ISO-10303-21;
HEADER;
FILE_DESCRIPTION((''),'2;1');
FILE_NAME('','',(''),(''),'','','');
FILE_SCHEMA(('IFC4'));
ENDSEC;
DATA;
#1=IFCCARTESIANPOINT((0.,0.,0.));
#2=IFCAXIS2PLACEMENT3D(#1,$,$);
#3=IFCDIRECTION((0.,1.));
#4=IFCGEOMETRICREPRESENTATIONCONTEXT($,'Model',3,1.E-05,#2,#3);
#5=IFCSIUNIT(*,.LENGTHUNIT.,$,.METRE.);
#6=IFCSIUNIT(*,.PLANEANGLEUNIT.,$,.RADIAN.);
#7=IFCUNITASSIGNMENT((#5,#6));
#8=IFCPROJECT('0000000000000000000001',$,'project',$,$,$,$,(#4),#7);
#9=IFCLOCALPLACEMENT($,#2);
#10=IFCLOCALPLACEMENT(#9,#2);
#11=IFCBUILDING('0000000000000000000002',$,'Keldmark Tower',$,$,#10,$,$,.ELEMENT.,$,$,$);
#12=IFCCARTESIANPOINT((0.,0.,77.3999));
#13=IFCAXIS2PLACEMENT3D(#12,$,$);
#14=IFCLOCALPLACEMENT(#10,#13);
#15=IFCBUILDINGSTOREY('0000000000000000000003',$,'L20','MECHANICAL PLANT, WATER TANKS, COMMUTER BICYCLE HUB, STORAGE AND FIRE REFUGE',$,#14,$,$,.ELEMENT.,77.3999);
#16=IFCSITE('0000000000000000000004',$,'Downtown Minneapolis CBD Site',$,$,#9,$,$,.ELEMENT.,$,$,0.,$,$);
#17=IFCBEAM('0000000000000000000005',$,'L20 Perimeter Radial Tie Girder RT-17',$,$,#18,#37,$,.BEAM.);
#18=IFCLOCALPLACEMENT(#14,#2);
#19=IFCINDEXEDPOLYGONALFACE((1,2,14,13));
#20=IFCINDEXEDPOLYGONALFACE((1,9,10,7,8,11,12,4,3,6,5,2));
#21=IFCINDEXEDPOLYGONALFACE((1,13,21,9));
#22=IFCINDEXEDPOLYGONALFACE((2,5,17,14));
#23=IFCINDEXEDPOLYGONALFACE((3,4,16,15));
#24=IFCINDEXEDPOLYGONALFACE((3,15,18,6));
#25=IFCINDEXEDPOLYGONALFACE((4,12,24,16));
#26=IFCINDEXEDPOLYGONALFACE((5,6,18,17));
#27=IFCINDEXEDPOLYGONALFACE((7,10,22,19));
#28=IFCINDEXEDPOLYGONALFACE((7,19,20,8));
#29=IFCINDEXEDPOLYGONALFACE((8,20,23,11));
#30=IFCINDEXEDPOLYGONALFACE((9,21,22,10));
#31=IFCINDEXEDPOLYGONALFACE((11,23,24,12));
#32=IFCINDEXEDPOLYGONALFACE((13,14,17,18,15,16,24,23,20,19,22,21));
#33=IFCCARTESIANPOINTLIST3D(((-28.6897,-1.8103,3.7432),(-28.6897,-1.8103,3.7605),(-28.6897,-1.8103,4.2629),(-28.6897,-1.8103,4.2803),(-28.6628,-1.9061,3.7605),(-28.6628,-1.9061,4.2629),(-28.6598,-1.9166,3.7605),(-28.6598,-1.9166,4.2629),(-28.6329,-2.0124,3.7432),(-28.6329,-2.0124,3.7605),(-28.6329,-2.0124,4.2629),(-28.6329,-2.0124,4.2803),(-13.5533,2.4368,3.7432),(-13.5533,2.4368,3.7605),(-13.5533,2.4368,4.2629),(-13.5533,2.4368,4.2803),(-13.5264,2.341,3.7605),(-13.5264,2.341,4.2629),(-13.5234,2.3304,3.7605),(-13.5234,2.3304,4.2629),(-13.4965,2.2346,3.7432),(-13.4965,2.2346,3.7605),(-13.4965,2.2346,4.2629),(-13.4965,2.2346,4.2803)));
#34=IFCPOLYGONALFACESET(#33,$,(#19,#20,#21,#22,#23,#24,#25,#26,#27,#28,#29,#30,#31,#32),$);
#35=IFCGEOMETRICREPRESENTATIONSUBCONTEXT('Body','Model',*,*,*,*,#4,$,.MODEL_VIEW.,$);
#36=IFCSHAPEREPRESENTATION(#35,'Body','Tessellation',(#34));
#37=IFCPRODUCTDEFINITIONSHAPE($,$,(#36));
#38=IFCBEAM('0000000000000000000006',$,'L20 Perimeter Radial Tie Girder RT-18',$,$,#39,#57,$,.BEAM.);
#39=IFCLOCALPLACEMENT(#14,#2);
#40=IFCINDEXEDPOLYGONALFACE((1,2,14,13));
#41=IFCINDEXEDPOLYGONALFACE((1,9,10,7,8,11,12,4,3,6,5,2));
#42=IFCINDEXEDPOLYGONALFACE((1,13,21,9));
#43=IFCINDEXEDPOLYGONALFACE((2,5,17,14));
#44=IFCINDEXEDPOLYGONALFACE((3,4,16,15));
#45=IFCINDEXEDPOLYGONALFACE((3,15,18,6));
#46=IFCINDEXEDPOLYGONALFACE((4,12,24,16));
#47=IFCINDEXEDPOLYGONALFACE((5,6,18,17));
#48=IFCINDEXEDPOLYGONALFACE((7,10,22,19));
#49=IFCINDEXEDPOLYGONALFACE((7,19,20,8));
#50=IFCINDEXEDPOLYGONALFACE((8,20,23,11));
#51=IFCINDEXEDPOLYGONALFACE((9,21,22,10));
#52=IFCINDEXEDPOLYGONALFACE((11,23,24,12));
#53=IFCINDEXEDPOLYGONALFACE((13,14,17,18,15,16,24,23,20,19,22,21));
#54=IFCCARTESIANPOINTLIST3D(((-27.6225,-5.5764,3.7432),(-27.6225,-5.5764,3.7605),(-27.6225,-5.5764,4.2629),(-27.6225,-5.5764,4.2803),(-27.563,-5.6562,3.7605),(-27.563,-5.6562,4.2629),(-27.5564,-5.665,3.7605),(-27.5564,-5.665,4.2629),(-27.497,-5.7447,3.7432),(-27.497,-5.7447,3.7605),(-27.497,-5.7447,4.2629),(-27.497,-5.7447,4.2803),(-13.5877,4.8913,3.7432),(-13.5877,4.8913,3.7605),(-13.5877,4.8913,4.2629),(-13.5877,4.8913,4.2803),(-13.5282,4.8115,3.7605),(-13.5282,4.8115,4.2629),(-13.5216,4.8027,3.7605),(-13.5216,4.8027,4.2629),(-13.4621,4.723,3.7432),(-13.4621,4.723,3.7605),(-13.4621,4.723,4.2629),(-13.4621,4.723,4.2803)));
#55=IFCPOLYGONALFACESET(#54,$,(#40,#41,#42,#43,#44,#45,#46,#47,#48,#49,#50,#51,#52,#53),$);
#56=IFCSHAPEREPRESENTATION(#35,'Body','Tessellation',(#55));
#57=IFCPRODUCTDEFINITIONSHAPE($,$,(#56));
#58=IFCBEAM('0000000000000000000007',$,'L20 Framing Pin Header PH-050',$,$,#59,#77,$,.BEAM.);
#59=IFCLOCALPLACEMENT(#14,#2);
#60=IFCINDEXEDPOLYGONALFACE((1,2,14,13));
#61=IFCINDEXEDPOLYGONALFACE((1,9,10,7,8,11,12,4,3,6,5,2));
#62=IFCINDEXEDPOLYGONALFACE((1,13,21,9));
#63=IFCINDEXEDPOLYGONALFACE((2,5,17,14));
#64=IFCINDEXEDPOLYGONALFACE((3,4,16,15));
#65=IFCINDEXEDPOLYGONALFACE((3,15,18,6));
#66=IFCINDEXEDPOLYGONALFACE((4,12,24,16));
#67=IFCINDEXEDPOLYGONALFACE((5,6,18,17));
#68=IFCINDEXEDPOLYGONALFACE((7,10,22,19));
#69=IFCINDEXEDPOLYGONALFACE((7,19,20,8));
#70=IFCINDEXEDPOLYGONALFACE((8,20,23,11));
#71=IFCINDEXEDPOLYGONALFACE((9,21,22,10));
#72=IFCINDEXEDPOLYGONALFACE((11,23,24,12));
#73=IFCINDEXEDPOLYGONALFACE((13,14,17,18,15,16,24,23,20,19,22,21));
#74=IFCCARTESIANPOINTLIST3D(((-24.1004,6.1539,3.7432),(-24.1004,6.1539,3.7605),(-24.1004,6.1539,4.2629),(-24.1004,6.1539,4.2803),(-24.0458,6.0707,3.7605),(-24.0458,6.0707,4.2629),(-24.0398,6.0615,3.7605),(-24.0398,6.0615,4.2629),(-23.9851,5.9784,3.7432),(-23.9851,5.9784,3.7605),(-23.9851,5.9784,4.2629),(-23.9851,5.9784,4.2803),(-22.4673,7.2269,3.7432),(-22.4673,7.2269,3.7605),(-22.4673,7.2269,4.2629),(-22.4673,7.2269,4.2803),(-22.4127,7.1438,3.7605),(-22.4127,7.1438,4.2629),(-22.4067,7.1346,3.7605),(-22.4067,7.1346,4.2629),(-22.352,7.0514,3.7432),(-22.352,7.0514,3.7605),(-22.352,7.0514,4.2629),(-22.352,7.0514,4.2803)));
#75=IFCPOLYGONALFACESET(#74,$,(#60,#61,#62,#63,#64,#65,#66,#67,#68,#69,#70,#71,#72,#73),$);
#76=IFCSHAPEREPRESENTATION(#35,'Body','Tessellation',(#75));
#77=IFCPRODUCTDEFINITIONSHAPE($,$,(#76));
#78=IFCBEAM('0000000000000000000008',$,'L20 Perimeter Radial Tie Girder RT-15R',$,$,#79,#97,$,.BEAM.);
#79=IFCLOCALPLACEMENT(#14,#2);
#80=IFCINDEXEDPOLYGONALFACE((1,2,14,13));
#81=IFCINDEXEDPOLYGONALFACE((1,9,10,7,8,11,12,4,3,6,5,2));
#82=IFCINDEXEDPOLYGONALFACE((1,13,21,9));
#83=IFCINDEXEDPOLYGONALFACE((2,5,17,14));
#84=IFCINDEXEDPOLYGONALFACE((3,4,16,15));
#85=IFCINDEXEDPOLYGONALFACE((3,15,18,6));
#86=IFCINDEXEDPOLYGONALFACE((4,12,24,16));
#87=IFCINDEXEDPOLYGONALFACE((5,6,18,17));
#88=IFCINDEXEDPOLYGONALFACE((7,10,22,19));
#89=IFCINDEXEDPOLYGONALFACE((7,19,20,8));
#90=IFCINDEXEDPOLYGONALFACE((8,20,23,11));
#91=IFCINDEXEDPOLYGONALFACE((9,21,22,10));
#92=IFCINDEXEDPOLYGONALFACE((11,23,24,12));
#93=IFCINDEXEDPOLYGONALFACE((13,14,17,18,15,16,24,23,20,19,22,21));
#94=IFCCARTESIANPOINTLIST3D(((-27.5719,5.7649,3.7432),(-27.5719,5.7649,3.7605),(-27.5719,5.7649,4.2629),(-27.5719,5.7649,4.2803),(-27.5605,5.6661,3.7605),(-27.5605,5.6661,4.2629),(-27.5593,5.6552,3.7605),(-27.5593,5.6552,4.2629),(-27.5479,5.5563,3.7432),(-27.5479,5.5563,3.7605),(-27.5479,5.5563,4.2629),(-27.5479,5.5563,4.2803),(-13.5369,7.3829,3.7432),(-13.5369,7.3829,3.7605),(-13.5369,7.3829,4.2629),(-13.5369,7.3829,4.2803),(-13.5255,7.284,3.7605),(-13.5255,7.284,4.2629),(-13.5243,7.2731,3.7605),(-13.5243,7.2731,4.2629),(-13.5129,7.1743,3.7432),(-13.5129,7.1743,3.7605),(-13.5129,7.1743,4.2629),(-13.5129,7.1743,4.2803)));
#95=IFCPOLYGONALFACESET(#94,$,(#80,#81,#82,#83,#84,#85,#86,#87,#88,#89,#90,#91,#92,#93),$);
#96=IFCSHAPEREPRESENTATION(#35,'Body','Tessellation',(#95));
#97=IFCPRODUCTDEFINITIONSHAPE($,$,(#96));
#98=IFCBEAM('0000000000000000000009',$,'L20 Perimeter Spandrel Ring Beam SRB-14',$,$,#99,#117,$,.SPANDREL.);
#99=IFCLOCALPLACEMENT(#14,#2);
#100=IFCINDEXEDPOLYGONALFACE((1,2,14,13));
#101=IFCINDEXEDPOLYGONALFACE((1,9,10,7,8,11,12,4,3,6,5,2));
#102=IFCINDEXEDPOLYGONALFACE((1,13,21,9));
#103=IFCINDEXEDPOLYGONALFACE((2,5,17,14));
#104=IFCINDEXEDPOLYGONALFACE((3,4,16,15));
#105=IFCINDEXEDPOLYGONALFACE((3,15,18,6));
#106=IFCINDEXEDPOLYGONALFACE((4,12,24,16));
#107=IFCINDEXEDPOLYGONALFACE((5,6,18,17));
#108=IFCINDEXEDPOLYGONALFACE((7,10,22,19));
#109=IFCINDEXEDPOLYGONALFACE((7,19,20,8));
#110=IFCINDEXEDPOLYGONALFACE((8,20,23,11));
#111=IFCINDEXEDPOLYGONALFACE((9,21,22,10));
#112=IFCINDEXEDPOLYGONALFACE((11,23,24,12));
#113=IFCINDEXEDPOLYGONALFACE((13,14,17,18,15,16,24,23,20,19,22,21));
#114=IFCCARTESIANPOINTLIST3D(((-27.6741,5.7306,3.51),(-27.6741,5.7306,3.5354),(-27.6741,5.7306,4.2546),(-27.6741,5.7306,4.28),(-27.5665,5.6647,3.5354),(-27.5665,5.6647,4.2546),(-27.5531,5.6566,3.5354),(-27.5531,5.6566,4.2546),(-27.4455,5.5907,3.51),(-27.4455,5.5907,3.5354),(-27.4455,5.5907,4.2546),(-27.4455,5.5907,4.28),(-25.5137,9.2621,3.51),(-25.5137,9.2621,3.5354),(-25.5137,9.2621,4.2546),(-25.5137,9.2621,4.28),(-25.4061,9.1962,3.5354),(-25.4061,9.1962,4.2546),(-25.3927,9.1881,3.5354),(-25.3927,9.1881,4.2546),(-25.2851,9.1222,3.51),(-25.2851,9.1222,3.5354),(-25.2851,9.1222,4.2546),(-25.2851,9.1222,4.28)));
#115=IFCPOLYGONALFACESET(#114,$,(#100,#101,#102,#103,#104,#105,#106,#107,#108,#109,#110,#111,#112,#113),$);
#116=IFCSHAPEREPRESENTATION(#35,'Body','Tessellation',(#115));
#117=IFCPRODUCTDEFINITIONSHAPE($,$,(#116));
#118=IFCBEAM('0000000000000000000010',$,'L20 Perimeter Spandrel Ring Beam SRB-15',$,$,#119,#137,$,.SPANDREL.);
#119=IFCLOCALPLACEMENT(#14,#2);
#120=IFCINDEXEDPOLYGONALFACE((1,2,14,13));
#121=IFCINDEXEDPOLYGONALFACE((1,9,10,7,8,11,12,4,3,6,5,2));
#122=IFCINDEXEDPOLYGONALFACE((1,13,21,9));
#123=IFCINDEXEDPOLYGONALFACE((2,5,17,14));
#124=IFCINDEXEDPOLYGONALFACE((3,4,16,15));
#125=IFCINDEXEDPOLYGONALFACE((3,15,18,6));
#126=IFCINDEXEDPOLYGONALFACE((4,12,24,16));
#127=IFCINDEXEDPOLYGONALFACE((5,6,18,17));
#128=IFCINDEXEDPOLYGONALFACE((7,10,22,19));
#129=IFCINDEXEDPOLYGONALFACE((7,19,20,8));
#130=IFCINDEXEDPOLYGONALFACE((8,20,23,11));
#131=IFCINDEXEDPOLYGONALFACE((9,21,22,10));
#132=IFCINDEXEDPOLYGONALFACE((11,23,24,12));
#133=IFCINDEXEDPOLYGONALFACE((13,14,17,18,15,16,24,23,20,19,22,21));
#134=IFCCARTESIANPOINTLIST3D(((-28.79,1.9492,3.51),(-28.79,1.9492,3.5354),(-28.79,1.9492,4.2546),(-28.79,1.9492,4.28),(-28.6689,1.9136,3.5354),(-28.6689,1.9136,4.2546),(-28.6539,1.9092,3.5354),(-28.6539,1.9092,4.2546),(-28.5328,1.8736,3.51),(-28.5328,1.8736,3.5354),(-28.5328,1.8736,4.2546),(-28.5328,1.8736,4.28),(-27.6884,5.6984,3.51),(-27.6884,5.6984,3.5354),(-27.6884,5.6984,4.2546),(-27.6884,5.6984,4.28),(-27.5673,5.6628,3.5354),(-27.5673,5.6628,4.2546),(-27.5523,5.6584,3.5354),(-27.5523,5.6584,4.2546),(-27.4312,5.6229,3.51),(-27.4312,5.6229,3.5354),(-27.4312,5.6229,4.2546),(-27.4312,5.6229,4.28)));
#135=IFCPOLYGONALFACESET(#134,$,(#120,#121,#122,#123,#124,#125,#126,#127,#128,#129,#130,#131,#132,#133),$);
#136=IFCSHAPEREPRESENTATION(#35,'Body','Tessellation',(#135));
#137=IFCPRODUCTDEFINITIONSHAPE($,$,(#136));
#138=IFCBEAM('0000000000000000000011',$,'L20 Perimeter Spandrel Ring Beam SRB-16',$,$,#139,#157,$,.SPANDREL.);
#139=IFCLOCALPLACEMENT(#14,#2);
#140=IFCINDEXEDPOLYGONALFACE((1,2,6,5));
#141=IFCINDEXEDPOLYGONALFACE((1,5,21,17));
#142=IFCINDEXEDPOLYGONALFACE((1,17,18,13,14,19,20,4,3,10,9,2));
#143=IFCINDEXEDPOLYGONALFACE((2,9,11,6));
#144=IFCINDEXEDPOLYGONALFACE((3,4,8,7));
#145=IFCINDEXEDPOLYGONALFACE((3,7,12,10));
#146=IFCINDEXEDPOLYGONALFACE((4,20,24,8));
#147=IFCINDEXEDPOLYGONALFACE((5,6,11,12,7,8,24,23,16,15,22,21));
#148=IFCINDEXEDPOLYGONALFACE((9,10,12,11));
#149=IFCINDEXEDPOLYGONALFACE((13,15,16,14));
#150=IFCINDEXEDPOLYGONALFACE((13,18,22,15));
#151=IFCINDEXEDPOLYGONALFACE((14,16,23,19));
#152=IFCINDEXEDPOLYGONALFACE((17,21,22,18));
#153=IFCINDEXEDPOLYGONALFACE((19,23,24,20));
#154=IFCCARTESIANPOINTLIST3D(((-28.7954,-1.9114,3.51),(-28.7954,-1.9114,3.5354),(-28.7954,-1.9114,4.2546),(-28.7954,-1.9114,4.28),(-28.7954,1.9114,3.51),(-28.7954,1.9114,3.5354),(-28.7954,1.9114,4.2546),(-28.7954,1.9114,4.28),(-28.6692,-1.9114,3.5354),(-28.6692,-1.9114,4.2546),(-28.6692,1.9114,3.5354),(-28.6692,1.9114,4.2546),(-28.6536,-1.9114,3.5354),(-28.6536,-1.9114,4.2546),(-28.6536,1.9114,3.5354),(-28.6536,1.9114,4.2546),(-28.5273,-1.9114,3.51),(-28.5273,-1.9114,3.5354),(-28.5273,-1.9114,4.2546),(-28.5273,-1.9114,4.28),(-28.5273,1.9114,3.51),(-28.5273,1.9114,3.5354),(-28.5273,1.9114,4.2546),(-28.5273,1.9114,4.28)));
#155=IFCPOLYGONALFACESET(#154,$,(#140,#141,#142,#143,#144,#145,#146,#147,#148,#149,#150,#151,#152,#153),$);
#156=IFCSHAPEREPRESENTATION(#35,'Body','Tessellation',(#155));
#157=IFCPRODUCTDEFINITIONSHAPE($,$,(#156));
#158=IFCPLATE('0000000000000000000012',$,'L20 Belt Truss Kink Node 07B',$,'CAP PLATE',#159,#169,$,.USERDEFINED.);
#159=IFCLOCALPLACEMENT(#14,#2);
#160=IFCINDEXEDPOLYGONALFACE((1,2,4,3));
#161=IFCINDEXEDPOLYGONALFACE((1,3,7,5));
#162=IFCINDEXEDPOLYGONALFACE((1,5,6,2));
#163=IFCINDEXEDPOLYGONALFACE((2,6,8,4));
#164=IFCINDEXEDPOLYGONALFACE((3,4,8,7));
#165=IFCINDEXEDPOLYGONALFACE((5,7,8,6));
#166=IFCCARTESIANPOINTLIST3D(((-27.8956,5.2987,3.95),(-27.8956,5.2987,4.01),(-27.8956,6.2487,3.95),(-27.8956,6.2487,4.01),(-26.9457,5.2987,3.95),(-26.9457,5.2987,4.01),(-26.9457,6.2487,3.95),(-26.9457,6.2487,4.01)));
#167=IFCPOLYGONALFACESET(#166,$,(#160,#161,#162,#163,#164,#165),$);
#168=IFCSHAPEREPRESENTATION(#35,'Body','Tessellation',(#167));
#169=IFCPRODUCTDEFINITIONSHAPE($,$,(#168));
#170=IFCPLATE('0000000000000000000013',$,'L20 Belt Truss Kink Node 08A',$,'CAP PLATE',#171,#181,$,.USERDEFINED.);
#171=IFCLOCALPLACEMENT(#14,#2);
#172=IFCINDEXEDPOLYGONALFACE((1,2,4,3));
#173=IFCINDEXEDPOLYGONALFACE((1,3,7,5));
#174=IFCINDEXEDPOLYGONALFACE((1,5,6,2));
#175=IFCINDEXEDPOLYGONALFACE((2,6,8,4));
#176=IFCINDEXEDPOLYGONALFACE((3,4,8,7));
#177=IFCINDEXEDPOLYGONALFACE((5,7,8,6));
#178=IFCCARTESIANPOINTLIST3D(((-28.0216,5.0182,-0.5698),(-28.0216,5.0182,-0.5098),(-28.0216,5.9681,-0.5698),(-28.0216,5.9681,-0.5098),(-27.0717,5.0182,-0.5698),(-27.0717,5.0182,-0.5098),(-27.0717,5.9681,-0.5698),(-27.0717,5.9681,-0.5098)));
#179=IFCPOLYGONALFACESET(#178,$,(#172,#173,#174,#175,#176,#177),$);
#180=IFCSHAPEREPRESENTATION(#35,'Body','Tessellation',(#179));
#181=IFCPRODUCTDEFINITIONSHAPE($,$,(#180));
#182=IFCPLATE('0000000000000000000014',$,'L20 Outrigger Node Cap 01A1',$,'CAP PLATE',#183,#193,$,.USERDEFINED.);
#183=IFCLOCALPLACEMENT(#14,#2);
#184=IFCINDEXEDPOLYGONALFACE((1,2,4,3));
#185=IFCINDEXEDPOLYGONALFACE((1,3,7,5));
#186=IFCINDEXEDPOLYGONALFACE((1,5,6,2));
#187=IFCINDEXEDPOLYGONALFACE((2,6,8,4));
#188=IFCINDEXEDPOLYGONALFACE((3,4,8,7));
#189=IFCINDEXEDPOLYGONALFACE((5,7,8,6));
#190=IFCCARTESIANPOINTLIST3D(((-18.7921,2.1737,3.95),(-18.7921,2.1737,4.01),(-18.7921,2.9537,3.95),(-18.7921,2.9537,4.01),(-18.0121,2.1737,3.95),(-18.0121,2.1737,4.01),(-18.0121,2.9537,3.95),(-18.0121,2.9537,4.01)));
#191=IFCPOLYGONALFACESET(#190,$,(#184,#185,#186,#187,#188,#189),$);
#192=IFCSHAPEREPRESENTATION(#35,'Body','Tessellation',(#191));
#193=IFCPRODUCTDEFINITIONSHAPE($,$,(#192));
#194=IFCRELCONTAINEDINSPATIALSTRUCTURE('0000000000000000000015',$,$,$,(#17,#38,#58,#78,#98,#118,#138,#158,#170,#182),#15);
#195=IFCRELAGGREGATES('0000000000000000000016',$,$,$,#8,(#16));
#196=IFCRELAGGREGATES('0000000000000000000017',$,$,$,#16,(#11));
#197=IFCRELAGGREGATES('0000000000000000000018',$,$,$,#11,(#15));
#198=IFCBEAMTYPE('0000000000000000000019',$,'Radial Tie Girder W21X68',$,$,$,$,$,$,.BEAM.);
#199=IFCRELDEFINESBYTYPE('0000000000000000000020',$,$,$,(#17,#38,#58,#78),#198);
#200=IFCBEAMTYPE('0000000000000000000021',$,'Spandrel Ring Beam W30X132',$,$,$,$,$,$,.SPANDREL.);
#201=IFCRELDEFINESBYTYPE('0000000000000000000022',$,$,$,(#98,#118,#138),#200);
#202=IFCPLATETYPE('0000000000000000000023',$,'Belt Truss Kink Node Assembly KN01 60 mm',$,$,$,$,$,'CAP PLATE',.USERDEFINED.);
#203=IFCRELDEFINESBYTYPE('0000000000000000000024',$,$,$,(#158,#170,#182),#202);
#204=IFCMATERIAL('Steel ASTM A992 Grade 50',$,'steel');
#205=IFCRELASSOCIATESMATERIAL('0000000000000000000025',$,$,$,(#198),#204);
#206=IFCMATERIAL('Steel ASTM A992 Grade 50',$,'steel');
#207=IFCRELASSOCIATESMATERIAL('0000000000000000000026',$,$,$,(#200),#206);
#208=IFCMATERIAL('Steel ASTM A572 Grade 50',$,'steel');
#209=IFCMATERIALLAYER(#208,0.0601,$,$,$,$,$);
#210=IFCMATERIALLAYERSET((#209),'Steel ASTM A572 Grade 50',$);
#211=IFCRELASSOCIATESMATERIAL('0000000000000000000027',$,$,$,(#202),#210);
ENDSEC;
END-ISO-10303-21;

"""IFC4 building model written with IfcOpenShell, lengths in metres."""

from ifc_helpers import new_model, si_unit, direction, frame, origin, origin_2d, place, context, subcontext, project, spatial, rectangle, i_section, extrude, material, layer, layer_set, material_profile, profile_set, type_object, element, save


model = new_model("IFC4")

# Units and contexts
model_context = context("Model", 3, precision=1e-05, world=origin(), true_north=direction((0.0, 1.0)))
body_context = subcontext(model_context, "Body", "Model", "MODEL_VIEW")
ifc_project = project(units=[si_unit("LENGTHUNIT", "METRE"), si_unit("PLANEANGLEUNIT", "RADIAN")], contexts=[model_context])

# Site, building, storey
site_placement = place(None, origin())
site = spatial("IfcSite", under=ifc_project, at=site_placement, Name="Downtown Minneapolis CBD Site", CompositionType="ELEMENT", RefElevation=0.0)
building_placement = place(site_placement, origin())
building = spatial("IfcBuilding", under=site, at=building_placement, Name="Keldmark Tower", CompositionType="ELEMENT")
storey_placement = place(building_placement, frame((0.0, 0.0, 77.3999)))
storey = spatial("IfcBuildingStorey", under=building, at=storey_placement, Name="L20", Description="MECHANICAL PLANT, WATER TANKS, COMMUTER BICYCLE HUB, STORAGE AND FIRE REFUGE", CompositionType="ELEMENT", Elevation=77.3999)

# Beams
ifc_material_1 = material(Name="Steel ASTM A992 Grade 50", Category="steel")
ifc_material_profile_1 = material_profile(ifc_material_1, i_section(OverallWidth=0.21, OverallDepth=0.5371, WebThickness=0.011, FlangeThickness=0.0173, at=origin_2d()), Name="W21X68")
ifc_profile_set_1 = profile_set([ifc_material_profile_1], Name="Steel ASTM A992 Grade 50")
beam_type_1 = type_object("IfcBeamType", Name="Radial Tie Girder W21X68", PredefinedType="BEAM", material=ifc_profile_set_1)
beam_1_placement = place(storey_placement, frame((-13.5249, 2.3357, 4.0117), z_axis=(-0.962818, -0.270152, 0.0), x_axis=(0.270152, -0.962818, 0.0)))
element("IfcBeam", 1, at=beam_1_placement, inside=storey, type_object=beam_type_1, Name="L20 Perimeter Radial Tie Girder RT-17", PredefinedType="BEAM", context=body_context, shape_type="SweptSolid", body=[
    extrude(i_section(OverallWidth=0.21, OverallDepth=0.5371, WebThickness=0.011, FlangeThickness=0.0173, at=origin_2d()), origin(), (0.0, 0.0, 1.0), 15.7209),
])
beam_2_placement = place(storey_placement, frame((-13.5249, 4.8071, 4.0117), z_axis=(-0.801598, -0.597863, 0.0), x_axis=(0.597863, -0.801598, 0.0)))
element("IfcBeam", 2, at=beam_2_placement, inside=storey, type_object=beam_type_1, Name="L20 Perimeter Radial Tie Girder RT-18", PredefinedType="BEAM", context=body_context, shape_type="SweptSolid", body=[
    extrude(i_section(OverallWidth=0.21, OverallDepth=0.5371, WebThickness=0.011, FlangeThickness=0.0173, at=origin_2d()), origin(), (0.0, 0.0, 1.0), 17.5085),
])
beam_3_placement = place(storey_placement, frame((-22.4097, 7.1392, 4.0117), z_axis=(-0.835742, -0.549123, 0.0), x_axis=(0.549123, -0.835742, 0.0)))
element("IfcBeam", 3, at=beam_3_placement, inside=storey, type_object=beam_type_1, Name="L20 Framing Pin Header PH-050", PredefinedType="BEAM", context=body_context, shape_type="SweptSolid", body=[
    extrude(i_section(OverallWidth=0.21, OverallDepth=0.5371, WebThickness=0.011, FlangeThickness=0.0173, at=origin_2d()), origin(), (0.0, 0.0, 1.0), 1.9541),
])
beam_4_placement = place(storey_placement, frame((-13.5249, 7.2786, 4.0117), z_axis=(-0.993421, -0.11452, 0.0), x_axis=(0.11452, -0.993421, 0.0)))
element("IfcBeam", 4, at=beam_4_placement, inside=storey, type_object=beam_type_1, Name="L20 Perimeter Radial Tie Girder RT-15R", PredefinedType="BEAM", context=body_context, shape_type="SweptSolid", body=[
    extrude(i_section(OverallWidth=0.21, OverallDepth=0.5371, WebThickness=0.011, FlangeThickness=0.0173, at=origin_2d()), origin(), (0.0, 0.0, 1.0), 14.1279),
])
ifc_material_2 = material(Name="Steel ASTM A992 Grade 50", Category="steel")
ifc_material_profile_2 = material_profile(ifc_material_2, i_section(OverallWidth=0.2681, OverallDepth=0.77, WebThickness=0.0156, FlangeThickness=0.0254, at=origin_2d()), Name="W30X132")
ifc_profile_set_2 = profile_set([ifc_material_profile_2], Name="Steel ASTM A992 Grade 50")
beam_type_2 = type_object("IfcBeamType", Name="Spandrel Ring Beam W30X132", PredefinedType="SPANDREL", material=ifc_profile_set_2)
beam_5_placement = place(storey_placement, frame((-25.3994, 9.1921, 3.895), z_axis=(-0.521848, -0.853038, 0.0), x_axis=(0.853038, -0.521848, 0.0)))
element("IfcBeam", 5, at=beam_5_placement, inside=storey, type_object=beam_type_2, Name="L20 Perimeter Spandrel Ring Beam SRB-14", PredefinedType="SPANDREL", context=body_context, shape_type="SweptSolid", body=[
    extrude(i_section(OverallWidth=0.2681, OverallDepth=0.77, WebThickness=0.0156, FlangeThickness=0.0254, at=origin_2d()), origin(), (0.0, 0.0, 1.0), 4.1399),
])
beam_6_placement = place(storey_placement, frame((-27.5598, 5.6606, 3.895), z_axis=(-0.281892, -0.959446, 0.0), x_axis=(0.959446, -0.281892, 0.0)))
element("IfcBeam", 6, at=beam_6_placement, inside=storey, type_object=beam_type_2, Name="L20 Perimeter Spandrel Ring Beam SRB-15", PredefinedType="SPANDREL", context=body_context, shape_type="SweptSolid", body=[
    extrude(i_section(OverallWidth=0.2681, OverallDepth=0.77, WebThickness=0.0156, FlangeThickness=0.0254, at=origin_2d()), origin(), (0.0, 0.0, 1.0), 3.9077),
])
beam_7_placement = place(storey_placement, frame((-28.6614, 1.9114, 3.895), z_axis=(0.0, -1.0, 0.0), x_axis=(1.0, 0.0, 0.0)))
element("IfcBeam", 7, at=beam_7_placement, inside=storey, type_object=beam_type_2, Name="L20 Perimeter Spandrel Ring Beam SRB-16", PredefinedType="SPANDREL", context=body_context, shape_type="SweptSolid", body=[
    extrude(i_section(OverallWidth=0.2681, OverallDepth=0.77, WebThickness=0.0156, FlangeThickness=0.0254, at=origin_2d()), origin(), (0.0, 0.0, 1.0), 3.8228),
])

# Plates
ifc_material_3 = material(Name="Steel ASTM A572 Grade 50", Category="steel")
ifc_layer_1 = layer(ifc_material_3, 0.0601)
ifc_layer_set_1 = layer_set([ifc_layer_1], Name="Steel ASTM A572 Grade 50")
plate_type_1 = type_object("IfcPlateType", Name="Belt Truss Kink Node Assembly KN01 60 mm", ElementType="CAP PLATE", PredefinedType="USERDEFINED", material=ifc_layer_set_1)
for number, where, z_axis, x_axis, name in (
    (8, (-27.4207, 5.7737, 3.95), (0.0, 0.0, 1.0), (1.0, 0.0, 0.0), "L20 Belt Truss Kink Node 07B"),
    (9, (-27.5466, 5.4932, -0.5698), (0.0, 0.0, 1.0), (1.0, 0.0, 0.0), "L20 Belt Truss Kink Node 08A"),
):
    element("IfcPlate", number, at=place(storey_placement, frame(where, z_axis=z_axis, x_axis=x_axis)), inside=storey, type_object=plate_type_1, Name=name, ObjectType="CAP PLATE", PredefinedType="USERDEFINED", context=body_context, shape_type="SweptSolid", body=[
        extrude(rectangle(XDim=0.95, YDim=0.95, at=origin_2d()), origin(), (0.0, 0.0, 1.0), 0.0601),
    ])
for number, where, z_axis, x_axis, name in (
    (10, (-18.4021, 2.5637, 3.95), (0.0, 0.0, 1.0), (1.0, 0.0, 0.0), "L20 Outrigger Node Cap 01A1"),
):
    element("IfcPlate", number, at=place(storey_placement, frame(where, z_axis=z_axis, x_axis=x_axis)), inside=storey, type_object=plate_type_1, Name=name, ObjectType="CAP PLATE", PredefinedType="USERDEFINED", context=body_context, shape_type="SweptSolid", body=[
        extrude(rectangle(XDim=0.78, YDim=0.78, at=origin_2d()), origin(), (0.0, 0.0, 1.0), 0.0601),
    ])

save(model, "model.ifc")
